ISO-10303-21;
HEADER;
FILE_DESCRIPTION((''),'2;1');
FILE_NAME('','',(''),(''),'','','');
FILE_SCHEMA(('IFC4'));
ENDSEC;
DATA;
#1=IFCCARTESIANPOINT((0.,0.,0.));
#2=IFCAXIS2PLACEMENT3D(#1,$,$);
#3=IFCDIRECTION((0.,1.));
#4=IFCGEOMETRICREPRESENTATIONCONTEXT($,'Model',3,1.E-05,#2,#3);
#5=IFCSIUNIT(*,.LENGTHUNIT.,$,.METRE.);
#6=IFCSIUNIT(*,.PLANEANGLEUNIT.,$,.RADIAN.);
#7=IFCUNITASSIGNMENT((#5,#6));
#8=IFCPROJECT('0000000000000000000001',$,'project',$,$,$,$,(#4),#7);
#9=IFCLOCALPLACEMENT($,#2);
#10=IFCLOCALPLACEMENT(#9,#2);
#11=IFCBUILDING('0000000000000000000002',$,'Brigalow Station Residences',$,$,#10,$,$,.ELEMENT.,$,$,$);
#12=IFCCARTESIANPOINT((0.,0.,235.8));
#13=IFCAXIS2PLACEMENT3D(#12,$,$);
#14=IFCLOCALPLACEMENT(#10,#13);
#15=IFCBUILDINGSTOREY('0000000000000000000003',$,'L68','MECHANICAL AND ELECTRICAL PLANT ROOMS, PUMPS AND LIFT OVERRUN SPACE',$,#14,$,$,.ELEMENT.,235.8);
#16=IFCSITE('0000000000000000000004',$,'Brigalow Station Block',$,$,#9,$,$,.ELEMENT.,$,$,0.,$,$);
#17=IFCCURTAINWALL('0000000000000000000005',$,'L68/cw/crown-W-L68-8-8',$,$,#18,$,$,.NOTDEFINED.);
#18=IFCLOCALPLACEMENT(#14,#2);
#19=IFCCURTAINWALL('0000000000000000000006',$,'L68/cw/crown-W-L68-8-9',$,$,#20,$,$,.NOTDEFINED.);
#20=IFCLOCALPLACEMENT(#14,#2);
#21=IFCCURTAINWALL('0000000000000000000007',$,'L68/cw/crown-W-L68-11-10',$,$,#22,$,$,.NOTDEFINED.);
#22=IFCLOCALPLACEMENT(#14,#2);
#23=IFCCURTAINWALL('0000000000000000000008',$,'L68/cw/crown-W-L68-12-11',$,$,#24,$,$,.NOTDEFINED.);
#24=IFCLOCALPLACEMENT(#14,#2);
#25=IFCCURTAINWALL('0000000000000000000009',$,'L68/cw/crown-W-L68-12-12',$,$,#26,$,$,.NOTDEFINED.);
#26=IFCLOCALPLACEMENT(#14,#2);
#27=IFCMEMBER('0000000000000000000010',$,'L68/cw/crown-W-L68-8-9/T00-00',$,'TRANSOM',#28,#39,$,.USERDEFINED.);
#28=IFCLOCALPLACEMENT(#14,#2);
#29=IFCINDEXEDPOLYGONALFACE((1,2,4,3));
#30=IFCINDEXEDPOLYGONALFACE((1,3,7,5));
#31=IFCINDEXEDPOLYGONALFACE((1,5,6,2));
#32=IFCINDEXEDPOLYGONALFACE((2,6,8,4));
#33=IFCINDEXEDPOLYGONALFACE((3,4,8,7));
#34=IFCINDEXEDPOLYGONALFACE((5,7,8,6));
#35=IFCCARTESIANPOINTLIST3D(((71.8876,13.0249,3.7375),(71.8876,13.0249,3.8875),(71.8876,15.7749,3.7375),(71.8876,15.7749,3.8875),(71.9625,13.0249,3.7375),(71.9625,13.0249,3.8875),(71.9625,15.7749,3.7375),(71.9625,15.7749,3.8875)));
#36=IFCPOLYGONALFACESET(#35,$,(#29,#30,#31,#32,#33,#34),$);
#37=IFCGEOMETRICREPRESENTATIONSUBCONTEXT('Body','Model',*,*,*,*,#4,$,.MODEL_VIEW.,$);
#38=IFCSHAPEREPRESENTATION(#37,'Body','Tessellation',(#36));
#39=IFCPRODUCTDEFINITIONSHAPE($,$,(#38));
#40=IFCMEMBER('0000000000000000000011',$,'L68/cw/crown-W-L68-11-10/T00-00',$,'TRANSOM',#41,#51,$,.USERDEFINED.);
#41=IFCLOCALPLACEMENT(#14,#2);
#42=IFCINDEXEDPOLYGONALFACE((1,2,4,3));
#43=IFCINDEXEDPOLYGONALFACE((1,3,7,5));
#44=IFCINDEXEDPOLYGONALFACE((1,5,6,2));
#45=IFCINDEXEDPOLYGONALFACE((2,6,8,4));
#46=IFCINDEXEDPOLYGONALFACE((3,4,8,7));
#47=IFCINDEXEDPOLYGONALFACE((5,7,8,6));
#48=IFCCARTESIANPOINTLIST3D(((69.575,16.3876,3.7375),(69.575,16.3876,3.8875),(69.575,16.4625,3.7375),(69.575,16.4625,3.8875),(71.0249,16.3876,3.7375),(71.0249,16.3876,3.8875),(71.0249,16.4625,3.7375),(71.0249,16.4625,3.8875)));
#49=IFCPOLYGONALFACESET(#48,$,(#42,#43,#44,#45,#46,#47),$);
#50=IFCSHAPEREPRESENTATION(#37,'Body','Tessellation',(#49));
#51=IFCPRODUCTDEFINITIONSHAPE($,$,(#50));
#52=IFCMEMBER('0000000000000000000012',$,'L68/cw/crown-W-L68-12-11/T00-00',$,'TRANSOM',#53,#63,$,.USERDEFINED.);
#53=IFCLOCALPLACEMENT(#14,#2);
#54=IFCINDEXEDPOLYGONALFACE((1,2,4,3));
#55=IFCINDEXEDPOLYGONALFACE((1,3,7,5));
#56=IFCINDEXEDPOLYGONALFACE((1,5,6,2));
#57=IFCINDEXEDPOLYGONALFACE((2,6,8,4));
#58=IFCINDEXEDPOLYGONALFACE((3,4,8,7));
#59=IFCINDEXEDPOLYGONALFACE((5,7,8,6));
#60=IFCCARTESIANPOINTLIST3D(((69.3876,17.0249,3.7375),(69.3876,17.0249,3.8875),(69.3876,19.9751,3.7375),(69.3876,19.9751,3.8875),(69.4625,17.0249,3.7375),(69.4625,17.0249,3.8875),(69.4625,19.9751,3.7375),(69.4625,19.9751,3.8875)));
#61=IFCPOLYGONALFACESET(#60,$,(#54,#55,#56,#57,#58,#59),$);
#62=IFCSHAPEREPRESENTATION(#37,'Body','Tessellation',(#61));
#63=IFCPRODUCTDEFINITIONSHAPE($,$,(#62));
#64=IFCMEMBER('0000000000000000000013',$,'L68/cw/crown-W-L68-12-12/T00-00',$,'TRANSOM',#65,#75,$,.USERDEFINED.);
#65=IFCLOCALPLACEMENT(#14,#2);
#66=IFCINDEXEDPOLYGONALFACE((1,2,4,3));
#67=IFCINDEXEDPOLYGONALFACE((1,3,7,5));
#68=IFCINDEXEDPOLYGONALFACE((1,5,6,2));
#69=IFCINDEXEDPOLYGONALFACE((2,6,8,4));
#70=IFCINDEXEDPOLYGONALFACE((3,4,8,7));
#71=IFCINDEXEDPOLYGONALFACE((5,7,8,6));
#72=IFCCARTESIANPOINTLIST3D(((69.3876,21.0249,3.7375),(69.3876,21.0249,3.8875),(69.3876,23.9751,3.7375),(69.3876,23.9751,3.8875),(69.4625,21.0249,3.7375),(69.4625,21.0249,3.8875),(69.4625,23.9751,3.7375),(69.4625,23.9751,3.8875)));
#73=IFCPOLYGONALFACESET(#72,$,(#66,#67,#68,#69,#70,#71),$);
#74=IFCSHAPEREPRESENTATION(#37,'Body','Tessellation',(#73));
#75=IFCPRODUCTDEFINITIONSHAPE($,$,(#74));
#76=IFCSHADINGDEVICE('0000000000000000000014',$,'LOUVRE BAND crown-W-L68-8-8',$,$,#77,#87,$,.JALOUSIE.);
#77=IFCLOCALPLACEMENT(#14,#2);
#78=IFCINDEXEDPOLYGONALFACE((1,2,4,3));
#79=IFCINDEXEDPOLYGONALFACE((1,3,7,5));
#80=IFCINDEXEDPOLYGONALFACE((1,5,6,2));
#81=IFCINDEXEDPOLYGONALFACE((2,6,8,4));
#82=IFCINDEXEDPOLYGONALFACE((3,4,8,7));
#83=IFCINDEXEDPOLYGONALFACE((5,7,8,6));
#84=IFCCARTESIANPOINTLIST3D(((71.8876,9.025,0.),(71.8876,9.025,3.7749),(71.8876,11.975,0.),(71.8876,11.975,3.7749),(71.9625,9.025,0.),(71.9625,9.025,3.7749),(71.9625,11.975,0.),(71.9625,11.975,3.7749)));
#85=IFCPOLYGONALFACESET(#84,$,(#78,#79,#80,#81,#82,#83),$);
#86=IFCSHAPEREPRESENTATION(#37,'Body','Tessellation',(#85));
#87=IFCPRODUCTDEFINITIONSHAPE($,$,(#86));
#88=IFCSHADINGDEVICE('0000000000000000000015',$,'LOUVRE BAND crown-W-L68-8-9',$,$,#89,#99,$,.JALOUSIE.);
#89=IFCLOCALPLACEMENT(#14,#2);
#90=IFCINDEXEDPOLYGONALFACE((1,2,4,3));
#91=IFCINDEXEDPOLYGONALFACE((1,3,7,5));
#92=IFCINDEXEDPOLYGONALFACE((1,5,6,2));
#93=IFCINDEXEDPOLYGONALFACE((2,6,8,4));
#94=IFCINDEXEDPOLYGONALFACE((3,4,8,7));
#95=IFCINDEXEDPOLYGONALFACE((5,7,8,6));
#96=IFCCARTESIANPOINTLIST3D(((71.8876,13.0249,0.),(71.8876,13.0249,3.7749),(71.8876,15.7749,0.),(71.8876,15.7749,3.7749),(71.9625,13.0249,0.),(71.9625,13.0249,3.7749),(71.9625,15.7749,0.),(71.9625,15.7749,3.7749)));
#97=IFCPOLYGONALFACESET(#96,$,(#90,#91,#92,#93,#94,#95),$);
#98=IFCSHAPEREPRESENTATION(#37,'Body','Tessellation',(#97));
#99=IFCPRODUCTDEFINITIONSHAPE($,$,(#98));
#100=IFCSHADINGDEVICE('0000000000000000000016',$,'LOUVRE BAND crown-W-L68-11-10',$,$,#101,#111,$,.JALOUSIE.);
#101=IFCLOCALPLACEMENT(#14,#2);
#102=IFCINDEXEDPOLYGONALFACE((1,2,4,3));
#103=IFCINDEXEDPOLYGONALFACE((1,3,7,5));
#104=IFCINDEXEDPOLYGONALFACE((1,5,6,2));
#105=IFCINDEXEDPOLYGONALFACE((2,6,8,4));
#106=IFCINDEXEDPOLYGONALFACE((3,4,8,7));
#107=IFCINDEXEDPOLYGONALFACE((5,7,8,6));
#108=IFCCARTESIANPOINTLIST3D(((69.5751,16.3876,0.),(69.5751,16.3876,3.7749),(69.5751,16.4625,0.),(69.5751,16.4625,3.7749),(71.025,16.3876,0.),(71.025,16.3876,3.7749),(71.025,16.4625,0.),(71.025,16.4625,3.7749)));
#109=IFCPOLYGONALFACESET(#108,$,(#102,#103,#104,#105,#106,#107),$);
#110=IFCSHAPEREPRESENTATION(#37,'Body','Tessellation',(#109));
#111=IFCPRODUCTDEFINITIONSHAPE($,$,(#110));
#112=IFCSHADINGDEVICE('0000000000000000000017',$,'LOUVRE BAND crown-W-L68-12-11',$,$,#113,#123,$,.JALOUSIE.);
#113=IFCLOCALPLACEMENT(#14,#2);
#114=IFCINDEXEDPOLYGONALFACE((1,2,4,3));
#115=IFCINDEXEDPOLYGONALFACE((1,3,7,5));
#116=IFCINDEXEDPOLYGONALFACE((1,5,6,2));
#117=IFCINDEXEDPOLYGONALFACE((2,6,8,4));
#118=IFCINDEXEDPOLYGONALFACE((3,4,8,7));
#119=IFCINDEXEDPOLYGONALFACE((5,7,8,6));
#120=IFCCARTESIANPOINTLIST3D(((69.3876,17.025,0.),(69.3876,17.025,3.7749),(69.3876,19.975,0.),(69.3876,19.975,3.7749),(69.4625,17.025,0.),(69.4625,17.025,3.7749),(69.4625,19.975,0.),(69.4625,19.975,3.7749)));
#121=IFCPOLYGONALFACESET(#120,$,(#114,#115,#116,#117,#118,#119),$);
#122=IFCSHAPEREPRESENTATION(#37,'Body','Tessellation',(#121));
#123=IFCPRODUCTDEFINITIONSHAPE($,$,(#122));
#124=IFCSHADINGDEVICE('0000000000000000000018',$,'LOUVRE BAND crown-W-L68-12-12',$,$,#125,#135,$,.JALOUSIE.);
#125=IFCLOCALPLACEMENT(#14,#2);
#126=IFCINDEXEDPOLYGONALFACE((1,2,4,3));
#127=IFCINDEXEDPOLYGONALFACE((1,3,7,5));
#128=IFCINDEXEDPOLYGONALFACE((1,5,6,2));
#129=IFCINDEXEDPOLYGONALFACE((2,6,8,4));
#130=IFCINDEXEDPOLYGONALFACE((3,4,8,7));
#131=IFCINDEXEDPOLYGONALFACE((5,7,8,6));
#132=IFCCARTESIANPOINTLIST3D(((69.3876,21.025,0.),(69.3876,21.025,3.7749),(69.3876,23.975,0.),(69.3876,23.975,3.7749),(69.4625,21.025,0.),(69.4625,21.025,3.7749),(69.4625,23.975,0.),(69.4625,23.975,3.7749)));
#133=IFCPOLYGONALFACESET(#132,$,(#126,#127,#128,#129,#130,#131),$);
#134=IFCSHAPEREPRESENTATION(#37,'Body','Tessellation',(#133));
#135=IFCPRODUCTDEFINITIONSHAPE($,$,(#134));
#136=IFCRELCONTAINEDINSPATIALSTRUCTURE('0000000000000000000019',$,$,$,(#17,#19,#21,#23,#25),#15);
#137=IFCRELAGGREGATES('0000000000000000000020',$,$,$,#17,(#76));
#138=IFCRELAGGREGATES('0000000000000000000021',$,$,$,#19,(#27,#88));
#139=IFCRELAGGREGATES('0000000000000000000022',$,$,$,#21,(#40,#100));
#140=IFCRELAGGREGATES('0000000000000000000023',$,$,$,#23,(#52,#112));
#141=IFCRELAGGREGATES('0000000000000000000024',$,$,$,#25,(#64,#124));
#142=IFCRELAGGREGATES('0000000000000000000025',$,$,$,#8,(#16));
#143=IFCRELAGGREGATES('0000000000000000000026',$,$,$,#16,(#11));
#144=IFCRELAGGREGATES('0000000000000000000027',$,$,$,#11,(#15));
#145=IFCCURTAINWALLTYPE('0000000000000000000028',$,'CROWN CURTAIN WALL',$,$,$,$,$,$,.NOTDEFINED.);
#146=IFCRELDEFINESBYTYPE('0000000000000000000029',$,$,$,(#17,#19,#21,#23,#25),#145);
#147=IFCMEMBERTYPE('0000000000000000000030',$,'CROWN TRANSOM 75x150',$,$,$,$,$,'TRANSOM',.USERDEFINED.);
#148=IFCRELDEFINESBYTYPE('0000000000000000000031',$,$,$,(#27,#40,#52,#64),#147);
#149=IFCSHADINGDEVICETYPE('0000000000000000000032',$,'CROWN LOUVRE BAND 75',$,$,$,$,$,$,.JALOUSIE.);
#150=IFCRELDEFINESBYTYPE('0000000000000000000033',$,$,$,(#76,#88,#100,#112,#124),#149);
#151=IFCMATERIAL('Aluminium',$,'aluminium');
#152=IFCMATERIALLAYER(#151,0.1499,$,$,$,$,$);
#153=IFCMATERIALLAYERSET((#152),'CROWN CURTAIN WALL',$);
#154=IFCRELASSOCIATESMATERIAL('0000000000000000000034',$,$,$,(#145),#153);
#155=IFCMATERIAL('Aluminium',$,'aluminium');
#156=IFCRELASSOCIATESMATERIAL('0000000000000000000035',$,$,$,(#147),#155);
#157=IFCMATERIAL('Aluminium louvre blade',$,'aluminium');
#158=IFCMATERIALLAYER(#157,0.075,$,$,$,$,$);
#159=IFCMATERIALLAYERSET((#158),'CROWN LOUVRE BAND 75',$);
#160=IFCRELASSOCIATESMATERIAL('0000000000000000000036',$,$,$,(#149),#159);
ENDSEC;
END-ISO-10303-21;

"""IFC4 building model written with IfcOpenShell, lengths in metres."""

from ifc_helpers import new_model, si_unit, direction, frame, origin, origin_2d, place, context, subcontext, project, spatial, rectangle, extrude, material, layer, layer_set, material_profile, profile_set, type_object, element, aggregate, save


model = new_model("IFC4")

# Units and contexts
model_context = context("Model", 3, precision=1e-05, world=origin(), true_north=direction((0.0, 1.0)))
body_context = subcontext(model_context, "Body", "Model", "MODEL_VIEW")
ifc_project = project(units=[si_unit("LENGTHUNIT", "METRE"), si_unit("PLANEANGLEUNIT", "RADIAN")], contexts=[model_context])

# Site, building, storey
site_placement = place(None, origin())
site = spatial("IfcSite", under=ifc_project, at=site_placement, Name="Brigalow Station Block", CompositionType="ELEMENT", RefElevation=0.0)
building_placement = place(site_placement, origin())
building = spatial("IfcBuilding", under=site, at=building_placement, Name="Brigalow Station Residences", CompositionType="ELEMENT")
storey_placement = place(building_placement, frame((0.0, 0.0, 235.8)))
storey = spatial("IfcBuildingStorey", under=building, at=storey_placement, Name="L68", Description="MECHANICAL AND ELECTRICAL PLANT ROOMS, PUMPS AND LIFT OVERRUN SPACE", CompositionType="ELEMENT", Elevation=235.8)

# Curtain wall
ifc_material_1 = material(Name="Aluminium", Category="aluminium")
ifc_layer_1 = layer(ifc_material_1, 0.1499)
ifc_layer_set_1 = layer_set([ifc_layer_1], Name="CROWN CURTAIN WALL")
curtain_wall_type = type_object("IfcCurtainWallType", Name="CROWN CURTAIN WALL", PredefinedType="NOTDEFINED", material=ifc_layer_set_1)
curtain_wall_1_placement = place(storey_placement, origin())
curtain_wall_1 = element("IfcCurtainWall", 1, at=curtain_wall_1_placement, inside=storey, type_object=curtain_wall_type, Name="L68/cw/crown-W-L68-8-8", PredefinedType="NOTDEFINED")

# Curtain walls
curtain_wall_2_placement = place(storey_placement, origin())
curtain_wall_2 = element("IfcCurtainWall", 2, at=curtain_wall_2_placement, inside=storey, type_object=curtain_wall_type, Name="L68/cw/crown-W-L68-8-9", PredefinedType="NOTDEFINED")
curtain_wall_3_placement = place(storey_placement, origin())
curtain_wall_3 = element("IfcCurtainWall", 3, at=curtain_wall_3_placement, inside=storey, type_object=curtain_wall_type, Name="L68/cw/crown-W-L68-11-10", PredefinedType="NOTDEFINED")
curtain_wall_4_placement = place(storey_placement, origin())
curtain_wall_4 = element("IfcCurtainWall", 4, at=curtain_wall_4_placement, inside=storey, type_object=curtain_wall_type, Name="L68/cw/crown-W-L68-12-11", PredefinedType="NOTDEFINED")
curtain_wall_5_placement = place(storey_placement, origin())
curtain_wall_5 = element("IfcCurtainWall", 5, at=curtain_wall_5_placement, inside=storey, type_object=curtain_wall_type, Name="L68/cw/crown-W-L68-12-12", PredefinedType="NOTDEFINED")

# Members
ifc_material_2 = material(Name="Aluminium", Category="aluminium")
ifc_material_profile_1 = material_profile(ifc_material_2, rectangle(XDim=0.075, YDim=0.1499, at=origin_2d()), Name="CROWN TRANSOM 75x150")
ifc_profile_set_1 = profile_set([ifc_material_profile_1], Name="Aluminium")
member_type_1 = type_object("IfcMemberType", Name="CROWN TRANSOM 75x150", ElementType="TRANSOM", PredefinedType="USERDEFINED", material=ifc_profile_set_1)
member_1_placement = place(storey_placement, frame((71.925, 13.0249, 3.8125), z_axis=(0.0, 1.0, 0.0), x_axis=(-1.0, 0.0, 0.0)))
member_1 = element("IfcMember", 6, at=member_1_placement, type_object=member_type_1, Name="L68/cw/crown-W-L68-8-9/T00-00", ObjectType="TRANSOM", PredefinedType="USERDEFINED", context=body_context, shape_type="SweptSolid", body=[
    extrude(rectangle(XDim=0.075, YDim=0.1499, at=origin_2d()), origin(), (0.0, 0.0, 1.0), 2.75),
])
member_2_placement = place(storey_placement, frame((71.0249, 16.425, 3.8125), z_axis=(-1.0, 0.0, 0.0), x_axis=(0.0, -1.0, 0.0)))
member_2 = element("IfcMember", 7, at=member_2_placement, type_object=member_type_1, Name="L68/cw/crown-W-L68-11-10/T00-00", ObjectType="TRANSOM", PredefinedType="USERDEFINED", context=body_context, shape_type="SweptSolid", body=[
    extrude(rectangle(XDim=0.075, YDim=0.1499, at=origin_2d()), origin(), (0.0, 0.0, 1.0), 1.45),
])
member_3_placement = place(storey_placement, frame((69.425, 17.0249, 3.8125), z_axis=(0.0, 1.0, 0.0), x_axis=(-1.0, 0.0, 0.0)))
member_3 = element("IfcMember", 8, at=member_3_placement, type_object=member_type_1, Name="L68/cw/crown-W-L68-12-11/T00-00", ObjectType="TRANSOM", PredefinedType="USERDEFINED", context=body_context, shape_type="SweptSolid", body=[
    extrude(rectangle(XDim=0.075, YDim=0.1499, at=origin_2d()), origin(), (0.0, 0.0, 1.0), 2.9502),
])
member_4_placement = place(storey_placement, frame((69.425, 21.0249, 3.8125), z_axis=(0.0, 1.0, 0.0), x_axis=(-1.0, 0.0, 0.0)))
member_4 = element("IfcMember", 9, at=member_4_placement, type_object=member_type_1, Name="L68/cw/crown-W-L68-12-12/T00-00", ObjectType="TRANSOM", PredefinedType="USERDEFINED", context=body_context, shape_type="SweptSolid", body=[
    extrude(rectangle(XDim=0.075, YDim=0.1499, at=origin_2d()), origin(), (0.0, 0.0, 1.0), 2.9502),
])

# Shading devices
ifc_material_3 = material(Name="Aluminium louvre blade", Category="aluminium")
ifc_layer_2 = layer(ifc_material_3, 0.075)
ifc_layer_set_2 = layer_set([ifc_layer_2], Name="CROWN LOUVRE BAND 75")
shading_device_type = type_object("IfcShadingDeviceType", Name="CROWN LOUVRE BAND 75", PredefinedType="JALOUSIE", material=ifc_layer_set_2)
shading_device_1_placement = place(storey_placement, frame((71.925, 10.5, 0.0), z_axis=(0.0, 0.0, 1.0), x_axis=(0.0, 1.0, 0.0)))
shading_device_1 = element("IfcShadingDevice", 10, at=shading_device_1_placement, type_object=shading_device_type, Name="LOUVRE BAND crown-W-L68-8-8", PredefinedType="JALOUSIE", context=body_context, shape_type="SweptSolid", body=[
    extrude(rectangle(XDim=2.95, YDim=0.075, at=origin_2d()), origin(), (0.0, 0.0, 1.0), 3.7749),
])
aggregate(curtain_wall_1, [shading_device_1])
shading_device_2_placement = place(storey_placement, frame((71.925, 14.3999, 0.0), z_axis=(0.0, 0.0, 1.0), x_axis=(0.0, 1.0, 0.0)))
shading_device_2 = element("IfcShadingDevice", 11, at=shading_device_2_placement, type_object=shading_device_type, Name="LOUVRE BAND crown-W-L68-8-9", PredefinedType="JALOUSIE", context=body_context, shape_type="SweptSolid", body=[
    extrude(rectangle(XDim=2.75, YDim=0.075, at=origin_2d()), origin(), (0.0, 0.0, 1.0), 3.7749),
])
aggregate(curtain_wall_2, [member_1, shading_device_2])
shading_device_3_placement = place(storey_placement, frame((70.3, 16.425, 0.0), z_axis=(0.0, 0.0, 1.0), x_axis=(-1.0, 0.0, 0.0)))
shading_device_3 = element("IfcShadingDevice", 12, at=shading_device_3_placement, type_object=shading_device_type, Name="LOUVRE BAND crown-W-L68-11-10", PredefinedType="JALOUSIE", context=body_context, shape_type="SweptSolid", body=[
    extrude(rectangle(XDim=1.45, YDim=0.075, at=origin_2d()), origin(), (0.0, 0.0, 1.0), 3.7749),
])
aggregate(curtain_wall_3, [member_2, shading_device_3])
shading_device_4_placement = place(storey_placement, frame((69.425, 18.5, 0.0), z_axis=(0.0, 0.0, 1.0), x_axis=(0.0, 1.0, 0.0)))
shading_device_4 = element("IfcShadingDevice", 13, at=shading_device_4_placement, type_object=shading_device_type, Name="LOUVRE BAND crown-W-L68-12-11", PredefinedType="JALOUSIE", context=body_context, shape_type="SweptSolid", body=[
    extrude(rectangle(XDim=2.95, YDim=0.075, at=origin_2d()), origin(), (0.0, 0.0, 1.0), 3.7749),
])
aggregate(curtain_wall_4, [member_3, shading_device_4])
shading_device_5_placement = place(storey_placement, frame((69.425, 22.5, 0.0), z_axis=(0.0, 0.0, 1.0), x_axis=(0.0, 1.0, 0.0)))
shading_device_5 = element("IfcShadingDevice", 14, at=shading_device_5_placement, type_object=shading_device_type, Name="LOUVRE BAND crown-W-L68-12-12", PredefinedType="JALOUSIE", context=body_context, shape_type="SweptSolid", body=[
    extrude(rectangle(XDim=2.95, YDim=0.075, at=origin_2d()), origin(), (0.0, 0.0, 1.0), 3.7749),
])
aggregate(curtain_wall_5, [member_4, shading_device_5])

save(model, "model.ifc")
